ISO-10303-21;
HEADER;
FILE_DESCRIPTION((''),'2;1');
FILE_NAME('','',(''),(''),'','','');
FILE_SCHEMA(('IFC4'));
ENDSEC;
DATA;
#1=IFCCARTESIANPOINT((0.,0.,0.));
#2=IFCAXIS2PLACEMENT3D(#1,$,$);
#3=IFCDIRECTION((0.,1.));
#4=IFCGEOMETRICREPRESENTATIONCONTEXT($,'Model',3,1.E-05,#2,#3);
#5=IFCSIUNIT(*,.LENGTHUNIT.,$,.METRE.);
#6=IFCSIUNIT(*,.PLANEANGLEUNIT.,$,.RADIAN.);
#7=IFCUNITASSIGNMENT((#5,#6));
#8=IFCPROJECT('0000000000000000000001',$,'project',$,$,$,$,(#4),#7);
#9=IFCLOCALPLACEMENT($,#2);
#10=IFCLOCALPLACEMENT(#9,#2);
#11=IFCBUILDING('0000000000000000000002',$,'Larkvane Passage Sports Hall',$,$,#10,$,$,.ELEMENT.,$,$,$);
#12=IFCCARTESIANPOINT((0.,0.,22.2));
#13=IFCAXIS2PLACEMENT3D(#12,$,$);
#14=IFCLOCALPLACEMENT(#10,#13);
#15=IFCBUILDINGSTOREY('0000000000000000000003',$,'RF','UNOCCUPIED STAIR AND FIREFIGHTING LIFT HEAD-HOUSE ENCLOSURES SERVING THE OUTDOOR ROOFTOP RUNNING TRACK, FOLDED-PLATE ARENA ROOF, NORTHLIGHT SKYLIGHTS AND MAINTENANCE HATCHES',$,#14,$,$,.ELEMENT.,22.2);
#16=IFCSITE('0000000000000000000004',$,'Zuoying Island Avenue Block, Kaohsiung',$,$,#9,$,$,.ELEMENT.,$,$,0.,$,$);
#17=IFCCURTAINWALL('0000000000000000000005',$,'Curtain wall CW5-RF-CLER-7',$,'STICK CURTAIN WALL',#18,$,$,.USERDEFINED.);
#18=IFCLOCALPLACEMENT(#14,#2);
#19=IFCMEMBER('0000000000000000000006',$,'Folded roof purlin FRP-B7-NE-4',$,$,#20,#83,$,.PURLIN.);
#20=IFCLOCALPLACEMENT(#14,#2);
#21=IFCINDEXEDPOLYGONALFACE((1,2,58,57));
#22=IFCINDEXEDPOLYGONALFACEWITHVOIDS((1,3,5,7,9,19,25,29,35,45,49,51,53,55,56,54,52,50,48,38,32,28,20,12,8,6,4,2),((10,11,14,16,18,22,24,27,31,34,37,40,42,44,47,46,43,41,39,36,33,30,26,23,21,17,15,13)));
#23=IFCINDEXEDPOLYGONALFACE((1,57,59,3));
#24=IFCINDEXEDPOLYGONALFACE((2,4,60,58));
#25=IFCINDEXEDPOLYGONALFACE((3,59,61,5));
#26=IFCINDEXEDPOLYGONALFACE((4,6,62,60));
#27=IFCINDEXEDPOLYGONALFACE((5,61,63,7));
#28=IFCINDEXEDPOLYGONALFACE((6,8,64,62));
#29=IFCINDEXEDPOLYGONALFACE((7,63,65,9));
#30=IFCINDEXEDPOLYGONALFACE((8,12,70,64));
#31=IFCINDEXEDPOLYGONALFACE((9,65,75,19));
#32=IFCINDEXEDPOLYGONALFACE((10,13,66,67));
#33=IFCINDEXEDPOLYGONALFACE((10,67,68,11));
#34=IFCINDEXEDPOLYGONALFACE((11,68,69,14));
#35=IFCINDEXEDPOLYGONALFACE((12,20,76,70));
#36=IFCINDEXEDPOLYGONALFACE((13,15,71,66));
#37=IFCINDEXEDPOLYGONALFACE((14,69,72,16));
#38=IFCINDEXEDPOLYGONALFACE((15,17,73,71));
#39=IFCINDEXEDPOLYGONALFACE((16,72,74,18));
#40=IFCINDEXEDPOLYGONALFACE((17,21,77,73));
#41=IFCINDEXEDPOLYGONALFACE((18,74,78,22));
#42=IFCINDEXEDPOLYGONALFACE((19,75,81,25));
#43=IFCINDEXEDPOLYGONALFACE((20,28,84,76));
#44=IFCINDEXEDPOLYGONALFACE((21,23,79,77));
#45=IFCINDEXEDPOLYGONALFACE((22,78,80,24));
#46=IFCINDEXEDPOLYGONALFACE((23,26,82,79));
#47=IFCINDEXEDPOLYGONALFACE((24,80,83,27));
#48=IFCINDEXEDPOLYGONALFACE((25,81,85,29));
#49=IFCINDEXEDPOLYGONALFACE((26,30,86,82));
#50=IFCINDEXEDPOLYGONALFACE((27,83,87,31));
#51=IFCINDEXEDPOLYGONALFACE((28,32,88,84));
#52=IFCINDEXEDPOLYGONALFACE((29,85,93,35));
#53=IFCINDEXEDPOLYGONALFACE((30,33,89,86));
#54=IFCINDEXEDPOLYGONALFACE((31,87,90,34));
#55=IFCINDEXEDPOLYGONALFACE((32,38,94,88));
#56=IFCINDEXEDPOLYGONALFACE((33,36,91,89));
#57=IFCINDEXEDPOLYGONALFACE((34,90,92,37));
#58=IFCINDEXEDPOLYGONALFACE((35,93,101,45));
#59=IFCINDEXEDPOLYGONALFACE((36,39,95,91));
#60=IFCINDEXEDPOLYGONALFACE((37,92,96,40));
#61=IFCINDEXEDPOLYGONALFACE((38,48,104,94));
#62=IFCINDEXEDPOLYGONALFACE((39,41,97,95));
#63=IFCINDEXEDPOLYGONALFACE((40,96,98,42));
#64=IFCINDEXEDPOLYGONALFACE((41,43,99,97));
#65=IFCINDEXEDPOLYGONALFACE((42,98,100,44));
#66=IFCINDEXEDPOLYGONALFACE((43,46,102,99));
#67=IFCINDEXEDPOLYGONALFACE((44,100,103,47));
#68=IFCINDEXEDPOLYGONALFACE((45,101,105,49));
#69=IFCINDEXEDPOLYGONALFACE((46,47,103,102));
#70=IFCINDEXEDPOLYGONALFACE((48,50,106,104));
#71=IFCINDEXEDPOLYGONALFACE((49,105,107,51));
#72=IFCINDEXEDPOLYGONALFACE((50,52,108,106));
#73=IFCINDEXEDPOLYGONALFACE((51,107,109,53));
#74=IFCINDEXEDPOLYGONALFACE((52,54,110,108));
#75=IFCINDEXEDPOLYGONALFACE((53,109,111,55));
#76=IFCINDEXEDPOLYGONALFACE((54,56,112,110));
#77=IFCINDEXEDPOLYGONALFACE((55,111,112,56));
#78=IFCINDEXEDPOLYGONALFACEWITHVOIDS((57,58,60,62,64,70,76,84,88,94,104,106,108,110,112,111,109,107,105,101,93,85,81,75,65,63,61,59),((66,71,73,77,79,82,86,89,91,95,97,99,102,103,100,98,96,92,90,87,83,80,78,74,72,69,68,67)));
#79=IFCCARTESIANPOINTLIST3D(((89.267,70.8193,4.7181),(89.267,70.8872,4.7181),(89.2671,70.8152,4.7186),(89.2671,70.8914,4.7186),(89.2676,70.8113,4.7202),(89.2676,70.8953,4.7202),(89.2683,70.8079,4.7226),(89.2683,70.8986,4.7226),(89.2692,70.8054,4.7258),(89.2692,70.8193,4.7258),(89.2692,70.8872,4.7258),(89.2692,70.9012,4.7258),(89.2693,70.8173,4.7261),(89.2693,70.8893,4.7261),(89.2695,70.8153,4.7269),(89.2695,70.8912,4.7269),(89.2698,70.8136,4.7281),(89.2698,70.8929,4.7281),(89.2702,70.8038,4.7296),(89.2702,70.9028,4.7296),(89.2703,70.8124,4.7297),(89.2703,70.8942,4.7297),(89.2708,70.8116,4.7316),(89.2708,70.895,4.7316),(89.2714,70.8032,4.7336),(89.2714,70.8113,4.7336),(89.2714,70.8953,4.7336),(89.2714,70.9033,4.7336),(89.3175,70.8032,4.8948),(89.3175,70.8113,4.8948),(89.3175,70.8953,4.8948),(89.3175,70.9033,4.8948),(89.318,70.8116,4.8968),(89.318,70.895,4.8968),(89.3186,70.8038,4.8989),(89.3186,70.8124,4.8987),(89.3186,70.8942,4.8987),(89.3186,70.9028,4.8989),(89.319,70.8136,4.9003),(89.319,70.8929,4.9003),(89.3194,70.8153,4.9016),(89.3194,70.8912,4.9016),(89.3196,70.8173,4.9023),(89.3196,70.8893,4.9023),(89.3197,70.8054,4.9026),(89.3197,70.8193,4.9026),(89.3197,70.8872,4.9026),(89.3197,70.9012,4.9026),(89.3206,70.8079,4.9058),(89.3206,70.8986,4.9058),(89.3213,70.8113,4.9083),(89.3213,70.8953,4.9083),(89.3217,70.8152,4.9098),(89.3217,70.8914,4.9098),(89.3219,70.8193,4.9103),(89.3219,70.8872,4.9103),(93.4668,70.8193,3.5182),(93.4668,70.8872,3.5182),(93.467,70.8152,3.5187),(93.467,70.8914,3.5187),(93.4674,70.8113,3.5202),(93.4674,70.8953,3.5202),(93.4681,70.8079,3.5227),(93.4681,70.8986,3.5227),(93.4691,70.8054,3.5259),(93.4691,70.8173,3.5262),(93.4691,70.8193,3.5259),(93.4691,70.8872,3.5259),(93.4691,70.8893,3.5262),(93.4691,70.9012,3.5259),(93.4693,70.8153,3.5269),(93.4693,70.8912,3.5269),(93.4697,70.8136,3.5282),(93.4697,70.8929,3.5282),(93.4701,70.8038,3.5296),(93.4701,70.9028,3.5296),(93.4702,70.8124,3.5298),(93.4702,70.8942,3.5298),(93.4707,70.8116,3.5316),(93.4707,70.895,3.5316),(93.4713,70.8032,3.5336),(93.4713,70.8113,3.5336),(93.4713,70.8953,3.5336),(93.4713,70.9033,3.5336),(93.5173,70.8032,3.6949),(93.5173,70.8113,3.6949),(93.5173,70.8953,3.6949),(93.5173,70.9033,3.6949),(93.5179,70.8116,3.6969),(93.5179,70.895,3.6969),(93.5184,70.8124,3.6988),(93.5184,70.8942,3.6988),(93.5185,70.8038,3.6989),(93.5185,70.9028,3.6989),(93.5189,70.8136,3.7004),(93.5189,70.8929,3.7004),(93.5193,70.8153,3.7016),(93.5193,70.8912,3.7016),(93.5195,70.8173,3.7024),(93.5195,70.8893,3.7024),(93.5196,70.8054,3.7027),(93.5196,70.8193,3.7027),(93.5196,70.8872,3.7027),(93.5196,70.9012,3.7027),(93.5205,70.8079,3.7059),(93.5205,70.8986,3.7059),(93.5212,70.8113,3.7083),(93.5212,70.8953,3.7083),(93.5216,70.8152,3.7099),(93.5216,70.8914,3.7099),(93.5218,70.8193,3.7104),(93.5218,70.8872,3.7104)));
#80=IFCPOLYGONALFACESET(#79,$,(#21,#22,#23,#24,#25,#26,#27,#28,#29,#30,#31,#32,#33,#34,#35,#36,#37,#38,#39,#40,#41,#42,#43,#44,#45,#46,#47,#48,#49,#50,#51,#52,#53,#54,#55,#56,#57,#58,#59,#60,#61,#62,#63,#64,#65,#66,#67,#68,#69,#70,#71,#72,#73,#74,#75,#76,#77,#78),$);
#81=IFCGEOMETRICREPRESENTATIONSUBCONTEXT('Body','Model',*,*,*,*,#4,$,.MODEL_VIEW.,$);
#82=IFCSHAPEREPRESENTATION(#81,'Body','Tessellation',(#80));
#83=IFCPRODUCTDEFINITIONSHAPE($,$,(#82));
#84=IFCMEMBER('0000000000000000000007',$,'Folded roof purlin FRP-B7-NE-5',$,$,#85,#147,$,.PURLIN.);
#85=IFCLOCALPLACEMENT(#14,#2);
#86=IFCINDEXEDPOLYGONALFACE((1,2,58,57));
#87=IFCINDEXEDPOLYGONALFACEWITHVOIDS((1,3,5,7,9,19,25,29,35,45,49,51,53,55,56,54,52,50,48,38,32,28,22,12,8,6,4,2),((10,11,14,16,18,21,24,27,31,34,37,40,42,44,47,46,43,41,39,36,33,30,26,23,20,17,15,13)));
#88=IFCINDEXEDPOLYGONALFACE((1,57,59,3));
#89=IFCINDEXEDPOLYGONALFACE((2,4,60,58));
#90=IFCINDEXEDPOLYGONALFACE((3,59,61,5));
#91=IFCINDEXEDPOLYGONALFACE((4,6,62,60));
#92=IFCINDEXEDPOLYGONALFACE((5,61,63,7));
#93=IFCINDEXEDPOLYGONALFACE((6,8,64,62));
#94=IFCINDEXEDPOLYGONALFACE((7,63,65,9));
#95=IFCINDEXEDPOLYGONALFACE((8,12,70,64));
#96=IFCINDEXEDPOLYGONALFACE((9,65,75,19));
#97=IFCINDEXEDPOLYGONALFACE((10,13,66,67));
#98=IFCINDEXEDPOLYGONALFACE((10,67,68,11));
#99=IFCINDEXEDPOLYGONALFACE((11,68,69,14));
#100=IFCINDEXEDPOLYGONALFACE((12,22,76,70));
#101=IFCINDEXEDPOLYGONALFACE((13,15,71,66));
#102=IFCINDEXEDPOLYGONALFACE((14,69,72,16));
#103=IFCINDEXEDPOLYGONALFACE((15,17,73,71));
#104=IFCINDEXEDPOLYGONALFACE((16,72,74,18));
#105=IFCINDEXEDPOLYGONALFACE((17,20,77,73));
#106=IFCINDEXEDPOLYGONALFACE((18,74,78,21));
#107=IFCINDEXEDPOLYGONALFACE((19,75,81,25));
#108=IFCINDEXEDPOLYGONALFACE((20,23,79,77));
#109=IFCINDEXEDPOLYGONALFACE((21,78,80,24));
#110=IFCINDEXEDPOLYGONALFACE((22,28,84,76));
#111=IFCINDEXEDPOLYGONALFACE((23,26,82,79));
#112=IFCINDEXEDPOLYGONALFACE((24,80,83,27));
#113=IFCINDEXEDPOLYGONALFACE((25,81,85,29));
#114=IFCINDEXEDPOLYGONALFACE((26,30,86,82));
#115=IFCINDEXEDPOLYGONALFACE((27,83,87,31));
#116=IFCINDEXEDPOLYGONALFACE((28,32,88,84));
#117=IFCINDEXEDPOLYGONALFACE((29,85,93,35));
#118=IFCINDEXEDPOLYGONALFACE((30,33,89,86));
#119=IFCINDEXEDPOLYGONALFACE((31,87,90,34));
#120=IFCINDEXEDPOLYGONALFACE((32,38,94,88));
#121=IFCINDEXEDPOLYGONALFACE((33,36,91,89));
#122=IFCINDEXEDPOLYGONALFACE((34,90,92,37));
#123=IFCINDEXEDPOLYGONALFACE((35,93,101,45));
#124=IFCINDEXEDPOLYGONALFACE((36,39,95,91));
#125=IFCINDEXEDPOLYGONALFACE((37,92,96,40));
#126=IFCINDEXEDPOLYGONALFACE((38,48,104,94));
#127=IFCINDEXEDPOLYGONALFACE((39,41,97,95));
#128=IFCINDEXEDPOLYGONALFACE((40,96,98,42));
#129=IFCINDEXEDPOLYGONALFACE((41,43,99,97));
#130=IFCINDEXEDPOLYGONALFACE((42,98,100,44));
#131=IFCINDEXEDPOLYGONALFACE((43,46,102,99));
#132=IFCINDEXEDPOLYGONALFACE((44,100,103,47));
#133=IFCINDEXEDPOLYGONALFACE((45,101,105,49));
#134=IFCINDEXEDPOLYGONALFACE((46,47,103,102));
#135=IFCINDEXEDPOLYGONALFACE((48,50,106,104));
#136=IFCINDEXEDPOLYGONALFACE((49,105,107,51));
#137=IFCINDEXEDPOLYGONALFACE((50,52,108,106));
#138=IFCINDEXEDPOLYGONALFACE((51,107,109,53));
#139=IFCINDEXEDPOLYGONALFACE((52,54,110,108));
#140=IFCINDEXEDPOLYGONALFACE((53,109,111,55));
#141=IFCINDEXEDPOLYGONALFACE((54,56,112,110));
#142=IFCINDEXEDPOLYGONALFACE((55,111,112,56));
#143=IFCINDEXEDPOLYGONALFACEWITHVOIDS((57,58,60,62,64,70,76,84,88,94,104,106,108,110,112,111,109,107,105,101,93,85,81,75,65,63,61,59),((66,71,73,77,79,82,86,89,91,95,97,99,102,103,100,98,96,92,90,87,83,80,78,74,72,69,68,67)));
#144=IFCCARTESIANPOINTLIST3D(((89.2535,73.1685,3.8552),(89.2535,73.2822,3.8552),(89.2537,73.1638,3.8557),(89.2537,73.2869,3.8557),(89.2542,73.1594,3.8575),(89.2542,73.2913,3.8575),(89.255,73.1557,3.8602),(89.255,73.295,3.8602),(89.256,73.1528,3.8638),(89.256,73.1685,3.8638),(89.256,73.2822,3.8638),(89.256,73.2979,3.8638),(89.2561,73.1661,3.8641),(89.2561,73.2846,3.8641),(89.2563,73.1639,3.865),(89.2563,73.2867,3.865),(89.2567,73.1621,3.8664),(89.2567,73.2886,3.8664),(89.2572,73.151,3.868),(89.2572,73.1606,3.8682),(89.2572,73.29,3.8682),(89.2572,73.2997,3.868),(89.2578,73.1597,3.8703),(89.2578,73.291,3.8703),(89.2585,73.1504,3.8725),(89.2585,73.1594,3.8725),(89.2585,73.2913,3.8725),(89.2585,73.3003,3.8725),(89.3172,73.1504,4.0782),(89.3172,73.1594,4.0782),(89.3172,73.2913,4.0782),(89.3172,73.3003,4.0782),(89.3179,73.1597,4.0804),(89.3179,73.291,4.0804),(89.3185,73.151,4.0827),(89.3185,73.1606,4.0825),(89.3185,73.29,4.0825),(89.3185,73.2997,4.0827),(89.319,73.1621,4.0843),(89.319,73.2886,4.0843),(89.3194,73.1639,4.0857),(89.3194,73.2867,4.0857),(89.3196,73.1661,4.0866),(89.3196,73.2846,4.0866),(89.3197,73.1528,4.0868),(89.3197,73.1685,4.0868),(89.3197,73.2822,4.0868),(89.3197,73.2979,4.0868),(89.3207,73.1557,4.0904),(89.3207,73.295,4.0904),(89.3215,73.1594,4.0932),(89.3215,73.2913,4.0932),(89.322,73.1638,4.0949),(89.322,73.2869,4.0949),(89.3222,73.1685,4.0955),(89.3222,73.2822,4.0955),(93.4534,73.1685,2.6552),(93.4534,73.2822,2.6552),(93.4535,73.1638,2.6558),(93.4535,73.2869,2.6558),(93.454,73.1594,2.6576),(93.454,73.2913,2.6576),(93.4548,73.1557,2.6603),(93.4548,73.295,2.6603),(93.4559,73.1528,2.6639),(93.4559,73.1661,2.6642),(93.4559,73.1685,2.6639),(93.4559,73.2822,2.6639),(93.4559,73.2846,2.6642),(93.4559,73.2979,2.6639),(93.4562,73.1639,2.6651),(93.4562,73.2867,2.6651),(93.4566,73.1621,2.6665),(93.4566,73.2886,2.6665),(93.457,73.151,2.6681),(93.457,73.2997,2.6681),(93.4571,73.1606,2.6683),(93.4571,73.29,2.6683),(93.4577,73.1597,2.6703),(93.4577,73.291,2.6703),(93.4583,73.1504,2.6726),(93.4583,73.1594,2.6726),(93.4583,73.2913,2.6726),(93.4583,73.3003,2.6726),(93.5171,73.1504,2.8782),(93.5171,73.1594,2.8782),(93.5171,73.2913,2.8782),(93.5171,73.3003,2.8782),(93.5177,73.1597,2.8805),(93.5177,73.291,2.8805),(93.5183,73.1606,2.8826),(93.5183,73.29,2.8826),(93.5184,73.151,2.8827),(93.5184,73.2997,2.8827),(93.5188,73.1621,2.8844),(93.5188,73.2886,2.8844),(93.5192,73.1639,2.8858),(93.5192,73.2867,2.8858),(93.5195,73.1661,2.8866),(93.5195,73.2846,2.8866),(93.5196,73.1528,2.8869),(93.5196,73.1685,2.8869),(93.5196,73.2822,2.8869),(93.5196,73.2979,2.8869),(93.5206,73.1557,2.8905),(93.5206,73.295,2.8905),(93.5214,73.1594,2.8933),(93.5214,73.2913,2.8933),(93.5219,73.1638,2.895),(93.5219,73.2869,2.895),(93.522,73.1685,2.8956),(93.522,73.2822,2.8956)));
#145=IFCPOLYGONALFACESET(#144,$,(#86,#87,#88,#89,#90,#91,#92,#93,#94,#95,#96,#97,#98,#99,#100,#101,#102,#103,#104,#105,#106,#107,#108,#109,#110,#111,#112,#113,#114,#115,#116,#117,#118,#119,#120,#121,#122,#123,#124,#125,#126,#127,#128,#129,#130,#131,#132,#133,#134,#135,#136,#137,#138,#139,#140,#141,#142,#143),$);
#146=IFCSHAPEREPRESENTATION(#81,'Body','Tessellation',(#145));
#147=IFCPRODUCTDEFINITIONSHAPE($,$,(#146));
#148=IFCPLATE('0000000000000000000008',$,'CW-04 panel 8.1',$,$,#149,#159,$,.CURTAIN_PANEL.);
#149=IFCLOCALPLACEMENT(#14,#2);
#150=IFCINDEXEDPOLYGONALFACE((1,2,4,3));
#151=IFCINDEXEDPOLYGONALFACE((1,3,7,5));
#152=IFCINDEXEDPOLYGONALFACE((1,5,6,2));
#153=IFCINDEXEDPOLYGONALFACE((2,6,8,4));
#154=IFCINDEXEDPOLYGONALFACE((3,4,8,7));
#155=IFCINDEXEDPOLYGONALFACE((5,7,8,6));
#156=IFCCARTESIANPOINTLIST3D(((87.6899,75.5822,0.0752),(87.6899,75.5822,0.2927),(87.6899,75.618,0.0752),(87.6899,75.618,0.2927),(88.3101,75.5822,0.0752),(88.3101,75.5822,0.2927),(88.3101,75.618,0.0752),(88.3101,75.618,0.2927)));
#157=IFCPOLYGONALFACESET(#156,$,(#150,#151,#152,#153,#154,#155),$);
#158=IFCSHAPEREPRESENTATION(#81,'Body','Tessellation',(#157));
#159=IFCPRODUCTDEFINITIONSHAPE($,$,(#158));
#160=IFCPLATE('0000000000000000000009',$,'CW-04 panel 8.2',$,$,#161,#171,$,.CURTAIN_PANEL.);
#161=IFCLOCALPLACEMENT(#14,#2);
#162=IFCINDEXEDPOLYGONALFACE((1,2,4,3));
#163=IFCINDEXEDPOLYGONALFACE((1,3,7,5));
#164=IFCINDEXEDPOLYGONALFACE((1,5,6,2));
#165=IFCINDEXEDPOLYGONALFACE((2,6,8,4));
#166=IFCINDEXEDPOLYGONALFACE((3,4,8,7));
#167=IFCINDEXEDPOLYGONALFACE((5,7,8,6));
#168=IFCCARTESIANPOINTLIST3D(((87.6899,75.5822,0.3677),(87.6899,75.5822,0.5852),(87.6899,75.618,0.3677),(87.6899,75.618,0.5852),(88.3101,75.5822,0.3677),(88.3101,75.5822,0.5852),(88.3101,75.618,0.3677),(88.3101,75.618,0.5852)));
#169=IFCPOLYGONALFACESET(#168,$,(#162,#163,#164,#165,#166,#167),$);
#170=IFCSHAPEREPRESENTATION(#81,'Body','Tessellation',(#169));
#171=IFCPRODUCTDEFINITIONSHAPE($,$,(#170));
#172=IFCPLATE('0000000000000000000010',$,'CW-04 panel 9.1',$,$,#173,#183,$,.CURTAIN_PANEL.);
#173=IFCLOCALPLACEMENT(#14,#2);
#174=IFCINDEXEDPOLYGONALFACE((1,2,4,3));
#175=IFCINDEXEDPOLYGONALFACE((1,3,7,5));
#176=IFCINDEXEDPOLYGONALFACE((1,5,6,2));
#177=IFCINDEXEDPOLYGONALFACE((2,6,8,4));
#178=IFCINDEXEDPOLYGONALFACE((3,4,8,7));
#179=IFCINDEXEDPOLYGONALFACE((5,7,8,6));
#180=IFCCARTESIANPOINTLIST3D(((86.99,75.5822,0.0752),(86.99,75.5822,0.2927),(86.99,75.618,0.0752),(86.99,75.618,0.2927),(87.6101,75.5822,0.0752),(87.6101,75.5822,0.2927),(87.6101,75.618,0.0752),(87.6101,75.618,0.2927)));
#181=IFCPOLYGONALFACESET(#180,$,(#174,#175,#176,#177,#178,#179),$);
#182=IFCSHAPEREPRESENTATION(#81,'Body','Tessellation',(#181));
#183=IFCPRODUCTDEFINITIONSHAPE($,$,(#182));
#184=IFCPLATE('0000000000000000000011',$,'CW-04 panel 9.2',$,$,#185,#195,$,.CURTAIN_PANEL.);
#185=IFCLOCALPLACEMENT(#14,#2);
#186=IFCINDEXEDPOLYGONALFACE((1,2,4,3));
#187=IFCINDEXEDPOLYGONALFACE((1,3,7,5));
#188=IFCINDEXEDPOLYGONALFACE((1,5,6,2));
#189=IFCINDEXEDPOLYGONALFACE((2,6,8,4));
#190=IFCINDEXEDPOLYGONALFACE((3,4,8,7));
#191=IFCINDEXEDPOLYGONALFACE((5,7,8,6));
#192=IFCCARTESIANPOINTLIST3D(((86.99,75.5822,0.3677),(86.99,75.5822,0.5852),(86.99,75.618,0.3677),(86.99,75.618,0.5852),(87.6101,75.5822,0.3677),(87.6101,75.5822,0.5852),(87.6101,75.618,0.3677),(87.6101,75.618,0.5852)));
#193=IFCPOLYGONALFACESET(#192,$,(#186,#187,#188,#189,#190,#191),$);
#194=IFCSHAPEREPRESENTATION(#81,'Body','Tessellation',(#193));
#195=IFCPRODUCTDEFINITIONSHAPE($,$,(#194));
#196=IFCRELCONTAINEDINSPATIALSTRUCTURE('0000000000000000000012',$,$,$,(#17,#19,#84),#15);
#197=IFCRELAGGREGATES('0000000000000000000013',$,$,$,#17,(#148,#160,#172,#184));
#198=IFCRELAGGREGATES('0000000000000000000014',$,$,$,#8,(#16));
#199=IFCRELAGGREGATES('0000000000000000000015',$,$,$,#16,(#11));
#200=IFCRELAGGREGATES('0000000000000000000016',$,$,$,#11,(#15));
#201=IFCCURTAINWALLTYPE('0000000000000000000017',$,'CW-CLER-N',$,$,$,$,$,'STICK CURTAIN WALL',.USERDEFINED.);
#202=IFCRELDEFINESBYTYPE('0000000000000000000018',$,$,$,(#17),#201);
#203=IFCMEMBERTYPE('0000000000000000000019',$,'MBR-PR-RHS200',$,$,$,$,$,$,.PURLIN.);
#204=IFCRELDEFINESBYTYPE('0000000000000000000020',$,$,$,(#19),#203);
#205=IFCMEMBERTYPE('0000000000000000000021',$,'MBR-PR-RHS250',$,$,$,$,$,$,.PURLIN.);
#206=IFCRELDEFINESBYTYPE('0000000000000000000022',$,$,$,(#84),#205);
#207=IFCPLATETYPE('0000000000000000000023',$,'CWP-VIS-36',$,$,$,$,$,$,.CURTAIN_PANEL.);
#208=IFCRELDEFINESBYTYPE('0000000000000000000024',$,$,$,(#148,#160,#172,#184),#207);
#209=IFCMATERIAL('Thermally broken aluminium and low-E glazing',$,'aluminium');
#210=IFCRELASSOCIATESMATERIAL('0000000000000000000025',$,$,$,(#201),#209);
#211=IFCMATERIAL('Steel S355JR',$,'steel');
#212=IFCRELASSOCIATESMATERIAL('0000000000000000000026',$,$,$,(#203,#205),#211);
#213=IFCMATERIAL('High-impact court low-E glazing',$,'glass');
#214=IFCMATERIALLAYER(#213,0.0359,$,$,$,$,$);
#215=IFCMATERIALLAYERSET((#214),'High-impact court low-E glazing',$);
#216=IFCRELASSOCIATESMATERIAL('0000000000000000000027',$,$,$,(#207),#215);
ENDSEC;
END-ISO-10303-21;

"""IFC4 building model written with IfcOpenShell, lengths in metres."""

from ifc_helpers import new_model, si_unit, direction, frame, origin, origin_2d, place, context, subcontext, project, spatial, rectangle, hollow_rectangle, extrude, material, layer, layer_set, material_profile, profile_set, type_object, element, aggregate, save


model = new_model("IFC4")

# Units and contexts
model_context = context("Model", 3, precision=1e-05, world=origin(), true_north=direction((0.0, 1.0)))
body_context = subcontext(model_context, "Body", "Model", "MODEL_VIEW")
ifc_project = project(units=[si_unit("LENGTHUNIT", "METRE"), si_unit("PLANEANGLEUNIT", "RADIAN")], contexts=[model_context])

# Site, building, storey
site_placement = place(None, origin())
site = spatial("IfcSite", under=ifc_project, at=site_placement, Name="Zuoying Island Avenue Block, Kaohsiung", CompositionType="ELEMENT", RefElevation=0.0)
building_placement = place(site_placement, origin())
building = spatial("IfcBuilding", under=site, at=building_placement, Name="Larkvane Passage Sports Hall", CompositionType="ELEMENT")
storey_placement = place(building_placement, frame((0.0, 0.0, 22.2)))
storey = spatial("IfcBuildingStorey", under=building, at=storey_placement, Name="RF", Description="UNOCCUPIED STAIR AND FIREFIGHTING LIFT HEAD-HOUSE ENCLOSURES SERVING THE OUTDOOR ROOFTOP RUNNING TRACK, FOLDED-PLATE ARENA ROOF, NORTHLIGHT SKYLIGHTS AND MAINTENANCE HATCHES", CompositionType="ELEMENT", Elevation=22.2)

# Curtain wall
ifc_material_1 = material(Name="Thermally broken aluminium and low-E glazing", Category="aluminium")
curtain_wall_type = type_object("IfcCurtainWallType", Name="CW-CLER-N", ElementType="STICK CURTAIN WALL", PredefinedType="USERDEFINED", material=ifc_material_1)
curtain_wall_placement = place(storey_placement, origin())
curtain_wall = element("IfcCurtainWall", 1, at=curtain_wall_placement, inside=storey, type_object=curtain_wall_type, Name="Curtain wall CW5-RF-CLER-7", ObjectType="STICK CURTAIN WALL", PredefinedType="USERDEFINED")

# Members
ifc_material_2 = material(Name="Steel S355JR", Category="steel")
ifc_material_profile_1 = material_profile(ifc_material_2, hollow_rectangle(XDim=0.1001, YDim=0.2, WallThickness=0.0081, InnerFilletRadius=0.0081, OuterFilletRadius=0.0161, at=origin_2d()), Name="RHS-200x100x8")
ifc_profile_set_1 = profile_set([ifc_material_profile_1], Name="Steel S355JR")
member_type_1 = type_object("IfcMemberType", Name="MBR-PR-RHS200", PredefinedType="PURLIN", material=ifc_profile_set_1)
member_1_placement = place(storey_placement, frame((89.2944, 70.8533, 4.8142), z_axis=(0.961526, 0.0, -0.274714), x_axis=(0.0, 1.0, 0.0)))
element("IfcMember", 2, at=member_1_placement, inside=storey, type_object=member_type_1, Name="Folded roof purlin FRP-B7-NE-4", PredefinedType="PURLIN", context=body_context, shape_type="SweptSolid", body=[
    extrude(hollow_rectangle(XDim=0.1001, YDim=0.2, WallThickness=0.0081, InnerFilletRadius=0.0081, OuterFilletRadius=0.0161, at=origin_2d()), origin(), (0.0, 0.0, 1.0), 4.3679),
])
ifc_material_profile_2 = material_profile(ifc_material_2, hollow_rectangle(XDim=0.1499, YDim=0.25, WallThickness=0.009, InnerFilletRadius=0.009, OuterFilletRadius=0.0181, at=origin_2d()), Name="RHS-250x150x9")
ifc_profile_set_2 = profile_set([ifc_material_profile_2], Name="Steel S355JR")
member_type_2 = type_object("IfcMemberType", Name="MBR-PR-RHS250", PredefinedType="PURLIN", material=ifc_profile_set_2)
member_2_placement = place(storey_placement, frame((89.2878, 73.2253, 3.9753), z_axis=(0.961526, 0.0, -0.274714), x_axis=(0.0, 1.0, 0.0)))
element("IfcMember", 3, at=member_2_placement, inside=storey, type_object=member_type_2, Name="Folded roof purlin FRP-B7-NE-5", PredefinedType="PURLIN", context=body_context, shape_type="SweptSolid", body=[
    extrude(hollow_rectangle(XDim=0.1499, YDim=0.25, WallThickness=0.009, InnerFilletRadius=0.009, OuterFilletRadius=0.0181, at=origin_2d()), origin(), (0.0, 0.0, 1.0), 4.3679),
])

# Plates
ifc_material_3 = material(Name="High-impact court low-E glazing", Category="glass")
ifc_layer_1 = layer(ifc_material_3, 0.0359)
ifc_layer_set_1 = layer_set([ifc_layer_1], Name="High-impact court low-E glazing")
plate_type_1 = type_object("IfcPlateType", Name="CWP-VIS-36", PredefinedType="CURTAIN_PANEL", material=ifc_layer_set_1)
plate_1_placement = place(storey_placement, frame((88.0, 75.6001, 0.0752), z_axis=(0.0, 0.0, 1.0), x_axis=(-1.0, 0.0, 0.0)))
plate_1 = element("IfcPlate", 4, at=plate_1_placement, type_object=plate_type_1, Name="CW-04 panel 8.1", PredefinedType="CURTAIN_PANEL", context=body_context, shape_type="SweptSolid", body=[
    extrude(rectangle(XDim=0.6201, YDim=0.0359, at=origin_2d()), origin(), (0.0, 0.0, 1.0), 0.2175),
])
plate_2_placement = place(storey_placement, frame((88.0, 75.6001, 0.3677), z_axis=(0.0, 0.0, 1.0), x_axis=(-1.0, 0.0, 0.0)))
plate_2 = element("IfcPlate", 5, at=plate_2_placement, type_object=plate_type_1, Name="CW-04 panel 8.2", PredefinedType="CURTAIN_PANEL", context=body_context, shape_type="SweptSolid", body=[
    extrude(rectangle(XDim=0.6201, YDim=0.0359, at=origin_2d()), origin(), (0.0, 0.0, 1.0), 0.2175),
])
plate_3_placement = place(storey_placement, frame((87.3, 75.6001, 0.0752), z_axis=(0.0, 0.0, 1.0), x_axis=(-1.0, 0.0, 0.0)))
plate_3 = element("IfcPlate", 6, at=plate_3_placement, type_object=plate_type_1, Name="CW-04 panel 9.1", PredefinedType="CURTAIN_PANEL", context=body_context, shape_type="SweptSolid", body=[
    extrude(rectangle(XDim=0.6201, YDim=0.0359, at=origin_2d()), origin(), (0.0, 0.0, 1.0), 0.2175),
])
plate_4_placement = place(storey_placement, frame((87.3, 75.6001, 0.3677), z_axis=(0.0, 0.0, 1.0), x_axis=(-1.0, 0.0, 0.0)))
plate_4 = element("IfcPlate", 7, at=plate_4_placement, type_object=plate_type_1, Name="CW-04 panel 9.2", PredefinedType="CURTAIN_PANEL", context=body_context, shape_type="SweptSolid", body=[
    extrude(rectangle(XDim=0.6201, YDim=0.0359, at=origin_2d()), origin(), (0.0, 0.0, 1.0), 0.2175),
])
aggregate(curtain_wall, [plate_1, plate_2, plate_3, plate_4])

save(model, "model.ifc")
